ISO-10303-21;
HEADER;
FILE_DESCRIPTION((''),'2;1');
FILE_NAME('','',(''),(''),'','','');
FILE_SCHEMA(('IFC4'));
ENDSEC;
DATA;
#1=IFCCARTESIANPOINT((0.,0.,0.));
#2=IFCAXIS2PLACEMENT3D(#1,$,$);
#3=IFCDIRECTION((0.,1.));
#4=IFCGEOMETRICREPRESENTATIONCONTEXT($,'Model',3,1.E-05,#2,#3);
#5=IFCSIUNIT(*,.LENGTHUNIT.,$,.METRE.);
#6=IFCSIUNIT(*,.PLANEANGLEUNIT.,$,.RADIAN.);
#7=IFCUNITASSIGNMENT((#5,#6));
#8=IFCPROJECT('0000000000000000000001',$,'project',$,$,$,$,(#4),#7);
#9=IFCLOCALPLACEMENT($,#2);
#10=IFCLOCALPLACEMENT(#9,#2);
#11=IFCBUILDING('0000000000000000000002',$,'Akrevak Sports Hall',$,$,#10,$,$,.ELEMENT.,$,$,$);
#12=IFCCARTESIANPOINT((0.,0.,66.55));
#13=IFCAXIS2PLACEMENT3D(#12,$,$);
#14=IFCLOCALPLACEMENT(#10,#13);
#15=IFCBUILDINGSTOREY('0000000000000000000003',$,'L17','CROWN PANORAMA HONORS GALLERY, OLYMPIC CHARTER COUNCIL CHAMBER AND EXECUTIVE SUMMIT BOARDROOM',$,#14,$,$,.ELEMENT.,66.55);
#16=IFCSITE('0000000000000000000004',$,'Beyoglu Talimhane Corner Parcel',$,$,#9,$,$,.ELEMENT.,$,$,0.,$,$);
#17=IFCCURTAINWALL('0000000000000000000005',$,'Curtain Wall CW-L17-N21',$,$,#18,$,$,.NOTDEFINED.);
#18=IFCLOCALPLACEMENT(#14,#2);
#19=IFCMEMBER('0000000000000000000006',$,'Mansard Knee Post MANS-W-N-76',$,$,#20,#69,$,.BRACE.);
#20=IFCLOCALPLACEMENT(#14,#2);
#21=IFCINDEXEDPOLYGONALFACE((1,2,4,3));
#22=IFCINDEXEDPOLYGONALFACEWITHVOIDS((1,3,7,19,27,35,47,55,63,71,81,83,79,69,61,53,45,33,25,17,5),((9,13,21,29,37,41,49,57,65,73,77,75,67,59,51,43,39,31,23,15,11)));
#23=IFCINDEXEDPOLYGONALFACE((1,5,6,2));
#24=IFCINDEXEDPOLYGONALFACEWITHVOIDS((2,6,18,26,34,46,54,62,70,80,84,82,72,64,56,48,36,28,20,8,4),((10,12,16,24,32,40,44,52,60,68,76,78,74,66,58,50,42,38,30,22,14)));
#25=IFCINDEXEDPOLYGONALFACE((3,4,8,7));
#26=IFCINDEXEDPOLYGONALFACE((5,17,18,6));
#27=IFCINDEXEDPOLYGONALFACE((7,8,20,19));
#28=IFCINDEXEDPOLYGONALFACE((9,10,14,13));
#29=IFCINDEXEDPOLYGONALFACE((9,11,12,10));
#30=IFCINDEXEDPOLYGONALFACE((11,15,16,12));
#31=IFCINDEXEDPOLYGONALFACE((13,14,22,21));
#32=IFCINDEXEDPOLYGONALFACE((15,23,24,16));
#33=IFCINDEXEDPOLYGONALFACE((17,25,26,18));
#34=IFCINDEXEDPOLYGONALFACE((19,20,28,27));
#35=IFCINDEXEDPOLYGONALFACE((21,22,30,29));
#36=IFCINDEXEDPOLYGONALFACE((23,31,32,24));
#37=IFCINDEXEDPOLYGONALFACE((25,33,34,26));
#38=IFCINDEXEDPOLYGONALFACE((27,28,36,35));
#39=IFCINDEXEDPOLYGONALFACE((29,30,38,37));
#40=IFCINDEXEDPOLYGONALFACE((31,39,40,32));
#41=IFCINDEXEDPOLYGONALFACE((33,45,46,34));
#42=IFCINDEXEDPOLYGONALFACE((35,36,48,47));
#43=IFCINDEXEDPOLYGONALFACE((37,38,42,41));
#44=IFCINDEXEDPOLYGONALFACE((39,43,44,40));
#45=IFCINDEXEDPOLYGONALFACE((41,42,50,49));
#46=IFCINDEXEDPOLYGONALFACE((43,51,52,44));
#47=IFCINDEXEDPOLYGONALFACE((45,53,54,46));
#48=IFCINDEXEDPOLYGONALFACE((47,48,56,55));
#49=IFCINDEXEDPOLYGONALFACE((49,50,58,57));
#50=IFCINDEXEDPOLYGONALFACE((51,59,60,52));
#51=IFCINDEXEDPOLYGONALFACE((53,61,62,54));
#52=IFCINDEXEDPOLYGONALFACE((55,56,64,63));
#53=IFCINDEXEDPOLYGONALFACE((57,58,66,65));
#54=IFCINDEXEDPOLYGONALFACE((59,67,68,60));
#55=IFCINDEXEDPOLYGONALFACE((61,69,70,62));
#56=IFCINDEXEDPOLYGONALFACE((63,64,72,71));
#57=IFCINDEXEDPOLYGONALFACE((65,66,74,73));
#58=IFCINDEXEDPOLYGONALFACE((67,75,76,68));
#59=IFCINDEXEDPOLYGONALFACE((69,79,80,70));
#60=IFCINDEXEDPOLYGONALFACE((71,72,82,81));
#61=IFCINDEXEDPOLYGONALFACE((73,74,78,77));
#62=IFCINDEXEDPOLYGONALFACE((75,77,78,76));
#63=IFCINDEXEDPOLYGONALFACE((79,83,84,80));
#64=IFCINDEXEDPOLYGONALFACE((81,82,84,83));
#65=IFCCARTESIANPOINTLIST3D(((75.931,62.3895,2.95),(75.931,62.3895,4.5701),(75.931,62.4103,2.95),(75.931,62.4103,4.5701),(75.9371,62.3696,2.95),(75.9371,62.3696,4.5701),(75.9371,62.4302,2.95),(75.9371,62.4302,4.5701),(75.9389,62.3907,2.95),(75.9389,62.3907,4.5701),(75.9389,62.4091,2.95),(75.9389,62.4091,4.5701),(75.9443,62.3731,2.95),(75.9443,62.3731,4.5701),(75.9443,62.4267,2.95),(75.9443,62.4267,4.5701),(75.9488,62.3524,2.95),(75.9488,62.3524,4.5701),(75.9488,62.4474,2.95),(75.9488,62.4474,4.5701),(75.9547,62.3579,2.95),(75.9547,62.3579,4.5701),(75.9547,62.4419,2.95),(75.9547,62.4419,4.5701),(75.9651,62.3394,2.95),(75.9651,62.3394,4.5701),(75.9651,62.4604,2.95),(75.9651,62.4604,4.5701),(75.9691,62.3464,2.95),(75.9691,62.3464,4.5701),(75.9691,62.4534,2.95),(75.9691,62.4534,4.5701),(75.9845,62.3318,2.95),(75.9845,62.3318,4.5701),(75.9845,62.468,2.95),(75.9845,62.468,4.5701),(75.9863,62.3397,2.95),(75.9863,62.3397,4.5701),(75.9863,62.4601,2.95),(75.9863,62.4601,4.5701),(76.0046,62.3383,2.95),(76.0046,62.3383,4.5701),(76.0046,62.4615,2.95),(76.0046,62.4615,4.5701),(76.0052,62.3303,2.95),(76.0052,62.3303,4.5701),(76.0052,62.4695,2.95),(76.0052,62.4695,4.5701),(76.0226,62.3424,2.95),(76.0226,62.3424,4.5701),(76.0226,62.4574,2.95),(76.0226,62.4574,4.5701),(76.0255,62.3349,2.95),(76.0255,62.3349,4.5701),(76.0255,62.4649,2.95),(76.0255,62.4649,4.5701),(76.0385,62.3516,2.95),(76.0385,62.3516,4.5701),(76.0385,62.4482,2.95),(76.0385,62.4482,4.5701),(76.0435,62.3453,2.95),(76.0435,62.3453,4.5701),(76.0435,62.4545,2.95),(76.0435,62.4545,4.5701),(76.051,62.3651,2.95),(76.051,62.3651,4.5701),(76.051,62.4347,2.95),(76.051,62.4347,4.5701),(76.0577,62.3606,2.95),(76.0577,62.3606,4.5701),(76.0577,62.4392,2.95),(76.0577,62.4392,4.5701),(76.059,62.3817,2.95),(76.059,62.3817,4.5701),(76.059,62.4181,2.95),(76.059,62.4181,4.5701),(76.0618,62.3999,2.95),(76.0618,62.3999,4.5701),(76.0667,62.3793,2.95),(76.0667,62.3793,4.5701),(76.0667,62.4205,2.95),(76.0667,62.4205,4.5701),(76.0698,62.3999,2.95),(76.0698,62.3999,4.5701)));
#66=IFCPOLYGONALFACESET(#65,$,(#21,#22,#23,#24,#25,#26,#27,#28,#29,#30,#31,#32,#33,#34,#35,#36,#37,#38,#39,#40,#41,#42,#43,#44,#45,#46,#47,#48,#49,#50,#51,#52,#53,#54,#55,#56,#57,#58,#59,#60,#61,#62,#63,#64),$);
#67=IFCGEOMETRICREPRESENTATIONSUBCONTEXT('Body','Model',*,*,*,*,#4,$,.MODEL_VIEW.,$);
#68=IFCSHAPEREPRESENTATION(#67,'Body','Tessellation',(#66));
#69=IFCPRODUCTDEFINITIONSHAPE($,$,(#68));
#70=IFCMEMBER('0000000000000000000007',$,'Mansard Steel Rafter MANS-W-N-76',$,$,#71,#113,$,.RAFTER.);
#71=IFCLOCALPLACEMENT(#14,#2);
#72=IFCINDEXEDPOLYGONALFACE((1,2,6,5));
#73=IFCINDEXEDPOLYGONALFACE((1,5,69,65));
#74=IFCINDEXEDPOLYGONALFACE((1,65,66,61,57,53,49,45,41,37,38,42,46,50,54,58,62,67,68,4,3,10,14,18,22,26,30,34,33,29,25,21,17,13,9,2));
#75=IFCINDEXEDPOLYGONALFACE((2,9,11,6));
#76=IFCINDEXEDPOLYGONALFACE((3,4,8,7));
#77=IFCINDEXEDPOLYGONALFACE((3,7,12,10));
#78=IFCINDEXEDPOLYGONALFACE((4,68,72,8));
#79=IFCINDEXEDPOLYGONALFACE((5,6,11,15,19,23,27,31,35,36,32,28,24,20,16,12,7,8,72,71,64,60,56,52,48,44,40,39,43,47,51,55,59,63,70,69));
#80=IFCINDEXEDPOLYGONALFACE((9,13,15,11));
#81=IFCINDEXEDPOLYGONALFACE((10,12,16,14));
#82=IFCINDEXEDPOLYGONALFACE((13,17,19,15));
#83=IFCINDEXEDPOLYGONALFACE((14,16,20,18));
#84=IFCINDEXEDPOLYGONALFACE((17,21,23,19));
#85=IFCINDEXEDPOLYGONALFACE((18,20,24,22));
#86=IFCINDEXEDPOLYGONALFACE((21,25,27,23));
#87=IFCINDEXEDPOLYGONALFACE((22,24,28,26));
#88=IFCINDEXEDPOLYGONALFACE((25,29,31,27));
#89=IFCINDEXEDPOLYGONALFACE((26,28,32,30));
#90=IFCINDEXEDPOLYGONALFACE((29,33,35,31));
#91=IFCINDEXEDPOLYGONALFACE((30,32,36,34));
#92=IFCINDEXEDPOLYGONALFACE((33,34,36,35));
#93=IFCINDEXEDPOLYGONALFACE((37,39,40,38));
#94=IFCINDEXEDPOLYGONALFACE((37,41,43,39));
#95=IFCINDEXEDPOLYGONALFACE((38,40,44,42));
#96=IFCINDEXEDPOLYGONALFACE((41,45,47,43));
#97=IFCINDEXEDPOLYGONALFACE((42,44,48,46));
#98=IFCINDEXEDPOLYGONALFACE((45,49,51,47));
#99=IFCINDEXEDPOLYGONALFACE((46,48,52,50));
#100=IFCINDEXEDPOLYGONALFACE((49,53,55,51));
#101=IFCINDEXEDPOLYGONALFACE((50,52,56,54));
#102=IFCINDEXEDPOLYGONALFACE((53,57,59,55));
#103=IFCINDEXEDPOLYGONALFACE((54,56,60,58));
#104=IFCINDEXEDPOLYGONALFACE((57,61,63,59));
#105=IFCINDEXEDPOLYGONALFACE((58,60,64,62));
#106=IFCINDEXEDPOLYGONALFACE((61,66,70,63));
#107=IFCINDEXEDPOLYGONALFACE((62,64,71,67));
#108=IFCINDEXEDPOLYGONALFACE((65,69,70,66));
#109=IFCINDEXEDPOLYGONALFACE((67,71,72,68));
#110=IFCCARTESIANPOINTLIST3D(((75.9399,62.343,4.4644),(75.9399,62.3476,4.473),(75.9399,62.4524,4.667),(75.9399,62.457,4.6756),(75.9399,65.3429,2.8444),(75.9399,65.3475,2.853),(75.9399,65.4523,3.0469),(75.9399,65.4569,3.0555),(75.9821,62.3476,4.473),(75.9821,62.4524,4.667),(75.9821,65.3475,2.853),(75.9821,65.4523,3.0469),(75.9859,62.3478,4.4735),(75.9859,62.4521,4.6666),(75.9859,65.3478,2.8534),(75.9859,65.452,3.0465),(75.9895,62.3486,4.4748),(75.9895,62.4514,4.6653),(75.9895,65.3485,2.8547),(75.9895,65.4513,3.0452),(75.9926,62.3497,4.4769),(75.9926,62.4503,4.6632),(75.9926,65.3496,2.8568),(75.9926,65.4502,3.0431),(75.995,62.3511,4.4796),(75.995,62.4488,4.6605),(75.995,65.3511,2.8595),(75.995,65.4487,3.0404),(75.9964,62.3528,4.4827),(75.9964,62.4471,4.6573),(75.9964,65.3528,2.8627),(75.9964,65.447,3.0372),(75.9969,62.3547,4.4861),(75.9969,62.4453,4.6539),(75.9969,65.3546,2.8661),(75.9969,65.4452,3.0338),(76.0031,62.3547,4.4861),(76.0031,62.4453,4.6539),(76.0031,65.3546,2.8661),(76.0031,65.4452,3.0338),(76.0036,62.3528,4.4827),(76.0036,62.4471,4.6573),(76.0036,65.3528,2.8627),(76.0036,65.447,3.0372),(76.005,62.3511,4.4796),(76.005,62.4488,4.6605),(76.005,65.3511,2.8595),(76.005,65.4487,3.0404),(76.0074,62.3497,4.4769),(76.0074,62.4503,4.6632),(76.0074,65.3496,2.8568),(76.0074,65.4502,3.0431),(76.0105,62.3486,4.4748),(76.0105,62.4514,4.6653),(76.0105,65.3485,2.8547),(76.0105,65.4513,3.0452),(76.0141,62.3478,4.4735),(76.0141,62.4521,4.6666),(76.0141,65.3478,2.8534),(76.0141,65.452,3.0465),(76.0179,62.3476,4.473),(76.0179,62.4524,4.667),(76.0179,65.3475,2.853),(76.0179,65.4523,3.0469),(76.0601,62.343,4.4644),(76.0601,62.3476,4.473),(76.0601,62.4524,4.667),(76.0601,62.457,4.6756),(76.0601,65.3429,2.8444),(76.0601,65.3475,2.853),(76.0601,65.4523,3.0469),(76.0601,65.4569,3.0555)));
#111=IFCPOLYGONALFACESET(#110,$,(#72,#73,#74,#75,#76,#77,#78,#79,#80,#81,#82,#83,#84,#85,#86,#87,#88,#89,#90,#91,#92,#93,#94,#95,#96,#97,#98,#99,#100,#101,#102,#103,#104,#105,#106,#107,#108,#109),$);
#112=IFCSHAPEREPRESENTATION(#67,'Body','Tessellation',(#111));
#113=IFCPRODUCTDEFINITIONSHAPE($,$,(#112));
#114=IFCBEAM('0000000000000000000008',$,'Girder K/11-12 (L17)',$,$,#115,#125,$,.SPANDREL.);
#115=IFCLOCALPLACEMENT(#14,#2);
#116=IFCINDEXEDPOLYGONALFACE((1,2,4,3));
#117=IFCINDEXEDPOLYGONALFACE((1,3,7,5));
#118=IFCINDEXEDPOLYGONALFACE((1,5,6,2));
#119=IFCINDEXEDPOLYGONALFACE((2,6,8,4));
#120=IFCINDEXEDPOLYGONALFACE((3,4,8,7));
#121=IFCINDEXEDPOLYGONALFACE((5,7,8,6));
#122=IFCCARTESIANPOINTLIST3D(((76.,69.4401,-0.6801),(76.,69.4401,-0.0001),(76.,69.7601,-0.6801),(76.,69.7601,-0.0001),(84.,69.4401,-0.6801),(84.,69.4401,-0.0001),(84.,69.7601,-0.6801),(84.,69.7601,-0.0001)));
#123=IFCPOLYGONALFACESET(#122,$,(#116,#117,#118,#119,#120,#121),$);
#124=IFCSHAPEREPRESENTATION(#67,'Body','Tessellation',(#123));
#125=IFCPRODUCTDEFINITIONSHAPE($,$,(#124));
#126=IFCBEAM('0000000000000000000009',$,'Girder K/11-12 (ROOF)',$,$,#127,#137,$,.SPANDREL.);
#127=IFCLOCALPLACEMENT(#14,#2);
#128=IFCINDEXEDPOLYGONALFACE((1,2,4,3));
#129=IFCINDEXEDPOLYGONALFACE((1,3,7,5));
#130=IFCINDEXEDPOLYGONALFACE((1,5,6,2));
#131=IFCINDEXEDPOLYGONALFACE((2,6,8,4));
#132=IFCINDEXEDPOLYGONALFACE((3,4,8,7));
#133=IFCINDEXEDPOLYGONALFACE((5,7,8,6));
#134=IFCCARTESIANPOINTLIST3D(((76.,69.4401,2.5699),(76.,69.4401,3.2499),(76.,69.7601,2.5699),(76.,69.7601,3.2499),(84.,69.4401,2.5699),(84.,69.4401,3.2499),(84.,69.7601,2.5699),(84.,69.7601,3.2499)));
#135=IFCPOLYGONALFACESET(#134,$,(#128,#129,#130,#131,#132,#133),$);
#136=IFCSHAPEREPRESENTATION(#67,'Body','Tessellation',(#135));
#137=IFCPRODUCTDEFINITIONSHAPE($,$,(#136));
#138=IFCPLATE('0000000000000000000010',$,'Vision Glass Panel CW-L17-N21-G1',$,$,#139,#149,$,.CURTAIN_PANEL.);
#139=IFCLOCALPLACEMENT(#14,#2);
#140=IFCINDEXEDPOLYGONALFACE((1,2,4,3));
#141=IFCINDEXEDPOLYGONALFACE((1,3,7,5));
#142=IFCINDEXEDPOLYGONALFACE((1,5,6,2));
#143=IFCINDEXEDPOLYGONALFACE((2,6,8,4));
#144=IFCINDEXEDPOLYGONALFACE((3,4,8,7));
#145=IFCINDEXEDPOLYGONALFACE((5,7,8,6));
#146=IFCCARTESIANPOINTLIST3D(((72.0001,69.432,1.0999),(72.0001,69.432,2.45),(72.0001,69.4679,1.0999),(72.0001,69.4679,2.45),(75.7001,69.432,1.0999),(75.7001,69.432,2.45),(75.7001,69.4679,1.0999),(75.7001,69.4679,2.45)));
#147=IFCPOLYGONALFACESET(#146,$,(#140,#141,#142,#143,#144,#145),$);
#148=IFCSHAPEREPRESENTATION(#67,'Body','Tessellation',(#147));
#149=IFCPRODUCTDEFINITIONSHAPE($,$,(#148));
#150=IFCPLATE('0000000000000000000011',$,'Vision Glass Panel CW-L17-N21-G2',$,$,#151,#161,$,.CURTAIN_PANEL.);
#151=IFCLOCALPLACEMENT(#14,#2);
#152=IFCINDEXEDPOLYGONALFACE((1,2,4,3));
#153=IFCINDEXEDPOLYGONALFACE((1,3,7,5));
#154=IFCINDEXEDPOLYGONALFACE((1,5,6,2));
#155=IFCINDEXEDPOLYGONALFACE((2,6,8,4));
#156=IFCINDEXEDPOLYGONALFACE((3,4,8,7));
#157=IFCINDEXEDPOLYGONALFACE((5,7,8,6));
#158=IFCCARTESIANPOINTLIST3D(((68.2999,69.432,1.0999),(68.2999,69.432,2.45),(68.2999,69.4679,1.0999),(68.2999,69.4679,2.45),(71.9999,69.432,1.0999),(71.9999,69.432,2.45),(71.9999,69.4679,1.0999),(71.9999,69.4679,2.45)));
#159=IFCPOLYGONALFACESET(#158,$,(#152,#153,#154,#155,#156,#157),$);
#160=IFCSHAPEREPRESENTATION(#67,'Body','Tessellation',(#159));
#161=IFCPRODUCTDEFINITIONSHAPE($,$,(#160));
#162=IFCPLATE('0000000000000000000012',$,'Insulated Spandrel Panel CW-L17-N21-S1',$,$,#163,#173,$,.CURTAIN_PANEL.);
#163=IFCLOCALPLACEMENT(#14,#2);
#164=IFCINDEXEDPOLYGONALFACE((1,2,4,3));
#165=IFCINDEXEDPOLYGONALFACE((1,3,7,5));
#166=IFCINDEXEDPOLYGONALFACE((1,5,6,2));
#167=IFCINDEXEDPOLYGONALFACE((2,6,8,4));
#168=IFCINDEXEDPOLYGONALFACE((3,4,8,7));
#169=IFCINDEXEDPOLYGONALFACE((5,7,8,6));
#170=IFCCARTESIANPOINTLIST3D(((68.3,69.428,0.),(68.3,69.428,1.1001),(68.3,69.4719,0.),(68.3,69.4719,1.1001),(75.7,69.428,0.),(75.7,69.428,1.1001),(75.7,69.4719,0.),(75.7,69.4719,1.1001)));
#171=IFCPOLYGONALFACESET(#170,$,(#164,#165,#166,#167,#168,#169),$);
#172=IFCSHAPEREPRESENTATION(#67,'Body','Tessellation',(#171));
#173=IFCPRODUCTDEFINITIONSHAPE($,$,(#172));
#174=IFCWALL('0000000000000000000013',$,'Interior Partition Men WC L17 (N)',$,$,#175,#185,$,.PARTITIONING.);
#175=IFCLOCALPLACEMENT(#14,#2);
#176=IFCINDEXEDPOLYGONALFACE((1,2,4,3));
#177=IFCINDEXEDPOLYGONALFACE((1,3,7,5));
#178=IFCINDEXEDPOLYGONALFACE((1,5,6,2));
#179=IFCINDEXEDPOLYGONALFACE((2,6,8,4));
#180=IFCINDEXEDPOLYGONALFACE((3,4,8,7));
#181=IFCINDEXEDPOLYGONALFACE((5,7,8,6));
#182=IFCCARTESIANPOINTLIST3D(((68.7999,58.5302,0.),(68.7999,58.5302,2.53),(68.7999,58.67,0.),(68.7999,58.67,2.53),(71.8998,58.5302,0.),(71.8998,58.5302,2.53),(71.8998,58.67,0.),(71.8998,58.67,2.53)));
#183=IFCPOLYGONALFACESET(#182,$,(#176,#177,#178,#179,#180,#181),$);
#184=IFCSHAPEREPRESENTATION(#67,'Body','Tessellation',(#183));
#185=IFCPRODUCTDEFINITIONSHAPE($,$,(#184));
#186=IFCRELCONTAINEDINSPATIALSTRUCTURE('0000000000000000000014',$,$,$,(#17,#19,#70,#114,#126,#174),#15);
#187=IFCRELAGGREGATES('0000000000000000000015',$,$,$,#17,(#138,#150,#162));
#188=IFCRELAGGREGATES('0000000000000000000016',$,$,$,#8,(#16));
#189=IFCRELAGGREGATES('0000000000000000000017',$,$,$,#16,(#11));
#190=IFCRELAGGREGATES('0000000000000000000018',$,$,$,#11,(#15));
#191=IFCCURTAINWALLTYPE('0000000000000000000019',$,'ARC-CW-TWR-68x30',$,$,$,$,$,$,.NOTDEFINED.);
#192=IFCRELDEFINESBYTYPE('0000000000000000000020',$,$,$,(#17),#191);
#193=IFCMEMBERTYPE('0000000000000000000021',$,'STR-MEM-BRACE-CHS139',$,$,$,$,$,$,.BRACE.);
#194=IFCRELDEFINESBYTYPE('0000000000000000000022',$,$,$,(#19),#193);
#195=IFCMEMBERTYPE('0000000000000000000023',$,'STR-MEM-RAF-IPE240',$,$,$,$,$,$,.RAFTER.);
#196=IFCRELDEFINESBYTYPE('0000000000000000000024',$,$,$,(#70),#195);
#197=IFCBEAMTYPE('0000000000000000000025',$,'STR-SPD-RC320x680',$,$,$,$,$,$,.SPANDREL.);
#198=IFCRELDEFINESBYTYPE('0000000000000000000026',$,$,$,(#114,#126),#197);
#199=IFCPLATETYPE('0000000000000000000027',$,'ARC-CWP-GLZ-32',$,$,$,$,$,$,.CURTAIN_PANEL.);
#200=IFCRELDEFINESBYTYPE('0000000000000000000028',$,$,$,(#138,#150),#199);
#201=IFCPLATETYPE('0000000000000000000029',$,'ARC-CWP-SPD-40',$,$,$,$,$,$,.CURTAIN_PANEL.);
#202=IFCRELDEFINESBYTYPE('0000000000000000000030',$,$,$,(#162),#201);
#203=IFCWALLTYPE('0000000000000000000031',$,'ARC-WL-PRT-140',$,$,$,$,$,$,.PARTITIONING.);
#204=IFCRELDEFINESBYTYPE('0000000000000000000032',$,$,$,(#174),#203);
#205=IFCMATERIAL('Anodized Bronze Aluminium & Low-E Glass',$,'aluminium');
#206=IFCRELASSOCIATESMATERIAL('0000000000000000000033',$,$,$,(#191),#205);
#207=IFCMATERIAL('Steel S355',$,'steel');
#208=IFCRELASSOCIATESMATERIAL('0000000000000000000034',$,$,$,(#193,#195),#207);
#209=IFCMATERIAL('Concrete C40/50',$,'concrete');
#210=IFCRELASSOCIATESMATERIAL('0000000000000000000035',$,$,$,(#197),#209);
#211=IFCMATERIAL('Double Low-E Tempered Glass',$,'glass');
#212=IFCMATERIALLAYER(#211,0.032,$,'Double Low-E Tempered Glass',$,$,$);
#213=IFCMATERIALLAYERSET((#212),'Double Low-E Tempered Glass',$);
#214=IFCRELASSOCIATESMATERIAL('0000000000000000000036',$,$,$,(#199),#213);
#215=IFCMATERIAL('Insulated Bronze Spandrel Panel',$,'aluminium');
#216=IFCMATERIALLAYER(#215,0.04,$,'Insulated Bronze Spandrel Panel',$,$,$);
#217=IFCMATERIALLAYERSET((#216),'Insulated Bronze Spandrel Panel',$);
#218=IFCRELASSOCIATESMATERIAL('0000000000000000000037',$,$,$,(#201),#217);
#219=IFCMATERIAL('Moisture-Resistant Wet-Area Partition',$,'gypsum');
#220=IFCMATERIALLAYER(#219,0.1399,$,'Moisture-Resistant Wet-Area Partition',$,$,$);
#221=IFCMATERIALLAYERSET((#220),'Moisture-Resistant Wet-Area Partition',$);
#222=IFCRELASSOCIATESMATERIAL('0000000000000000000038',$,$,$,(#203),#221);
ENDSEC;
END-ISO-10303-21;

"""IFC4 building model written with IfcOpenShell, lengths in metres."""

from ifc_helpers import new_model, si_unit, direction, frame, frame_2d, origin, origin_2d, place, context, subcontext, project, spatial, rectangle, hollow_circle, i_section, extrude, material, layer, layer_set, material_profile, profile_set, type_object, element, aggregate, save


model = new_model("IFC4")

# Units and contexts
model_context = context("Model", 3, precision=1e-05, world=origin(), true_north=direction((0.0, 1.0)))
body_context = subcontext(model_context, "Body", "Model", "MODEL_VIEW")
ifc_project = project(units=[si_unit("LENGTHUNIT", "METRE"), si_unit("PLANEANGLEUNIT", "RADIAN")], contexts=[model_context])

# Site, building, storey
site_placement = place(None, origin())
site = spatial("IfcSite", under=ifc_project, at=site_placement, Name="Beyoglu Talimhane Corner Parcel", CompositionType="ELEMENT", RefElevation=0.0)
building_placement = place(site_placement, origin())
building = spatial("IfcBuilding", under=site, at=building_placement, Name="Akrevak Sports Hall", CompositionType="ELEMENT")
storey_placement = place(building_placement, frame((0.0, 0.0, 66.55)))
storey = spatial("IfcBuildingStorey", under=building, at=storey_placement, Name="L17", Description="CROWN PANORAMA HONORS GALLERY, OLYMPIC CHARTER COUNCIL CHAMBER AND EXECUTIVE SUMMIT BOARDROOM", CompositionType="ELEMENT", Elevation=66.55)

# Shared definitions
ifc_material_1 = material(Name="Concrete C40/50", Category="concrete")

# Curtain wall
ifc_material_2 = material(Name="Anodized Bronze Aluminium & Low-E Glass", Category="aluminium")
curtain_wall_type = type_object("IfcCurtainWallType", Name="ARC-CW-TWR-68x30", PredefinedType="NOTDEFINED", material=ifc_material_2)
curtain_wall_placement = place(storey_placement, origin())
curtain_wall = element("IfcCurtainWall", 1, at=curtain_wall_placement, inside=storey, type_object=curtain_wall_type, Name="Curtain Wall CW-L17-N21", PredefinedType="NOTDEFINED")

# Members
ifc_material_3 = material(Name="Steel S355", Category="steel")
ifc_material_profile_1 = material_profile(ifc_material_3, hollow_circle(Radius=0.0698, WallThickness=0.0081, at=origin_2d()), Name="CHS 139.7x8", Category="steel")
ifc_profile_set_1 = profile_set([ifc_material_profile_1], Name="Steel S355")
member_type_1 = type_object("IfcMemberType", Name="STR-MEM-BRACE-CHS139", PredefinedType="BRACE", material=ifc_profile_set_1)
member_1_placement = place(storey_placement, frame((76.0, 62.3999, 2.95), z_axis=(0.0, 0.0, 1.0), x_axis=(1.0, 0.0, 0.0)))
element("IfcMember", 2, at=member_1_placement, inside=storey, type_object=member_type_1, Name="Mansard Knee Post MANS-W-N-76", PredefinedType="BRACE", context=body_context, shape_type="SweptSolid", body=[
    extrude(hollow_circle(Radius=0.0698, WallThickness=0.0081, at=origin_2d()), origin(), (0.0, 0.0, 1.0), 1.6201),
])
ifc_material_profile_2 = material_profile(ifc_material_3, i_section(OverallWidth=0.1201, OverallDepth=0.24, WebThickness=0.0061, FlangeThickness=0.0098, FilletRadius=0.0149, at=origin_2d()), Name="IPE 240", Category="steel")
ifc_profile_set_2 = profile_set([ifc_material_profile_2], Name="Steel S355")
member_type_2 = type_object("IfcMemberType", Name="STR-MEM-RAF-IPE240", PredefinedType="RAFTER", material=ifc_profile_set_2)
member_2_placement = place(storey_placement, frame((76.0, 65.3999, 2.95), z_axis=(0.0, -0.879891, 0.475176), x_axis=(1.0, 0.0, 0.0)))
element("IfcMember", 3, at=member_2_placement, inside=storey, type_object=member_type_2, Name="Mansard Steel Rafter MANS-W-N-76", PredefinedType="RAFTER", context=body_context, shape_type="SweptSolid", body=[
    extrude(i_section(OverallWidth=0.1201, OverallDepth=0.24, WebThickness=0.0061, FlangeThickness=0.0098, FilletRadius=0.0149, at=origin_2d()), origin(), (0.0, 0.0, 1.0), 3.4094),
])

# Beams
ifc_material_profile_3 = material_profile(ifc_material_1, rectangle(XDim=0.3201, YDim=0.6799, at=origin_2d()), Name="SPD 320x680", Category="concrete")
ifc_profile_set_3 = profile_set([ifc_material_profile_3], Name="Concrete C40/50")
beam_type_1 = type_object("IfcBeamType", Name="STR-SPD-RC320x680", PredefinedType="SPANDREL", material=ifc_profile_set_3)
for number, where, z_axis, x_axis, name in (
    (4, (76.0, 69.6001, -0.3401), (1.0, 0.0, 0.0), (0.0, 1.0, 0.0), "Girder K/11-12 (L17)"),
    (5, (76.0, 69.6001, 2.9099), (1.0, 0.0, 0.0), (0.0, 1.0, 0.0), "Girder K/11-12 (ROOF)"),
):
    element("IfcBeam", number, at=place(storey_placement, frame(where, z_axis=z_axis, x_axis=x_axis)), inside=storey, type_object=beam_type_1, Name=name, PredefinedType="SPANDREL", context=body_context, shape_type="SweptSolid", body=[
        extrude(rectangle(XDim=0.3201, YDim=0.6799, at=origin_2d()), origin(), (0.0, 0.0, 1.0), 8.0),
    ])

# Plates
ifc_material_4 = material(Name="Double Low-E Tempered Glass", Category="glass")
ifc_layer_1 = layer(ifc_material_4, 0.032, Name="Double Low-E Tempered Glass")
ifc_layer_set_1 = layer_set([ifc_layer_1], Name="Double Low-E Tempered Glass")
plate_type_1 = type_object("IfcPlateType", Name="ARC-CWP-GLZ-32", PredefinedType="CURTAIN_PANEL", material=ifc_layer_set_1)
plate_1_placement = place(storey_placement, frame((73.8501, 69.45, 1.0999), z_axis=(0.0, 0.0, 1.0), x_axis=(-1.0, 0.0, 0.0)))
plate_1 = element("IfcPlate", 6, at=plate_1_placement, type_object=plate_type_1, Name="Vision Glass Panel CW-L17-N21-G1", PredefinedType="CURTAIN_PANEL", context=body_context, shape_type="SweptSolid", body=[
    extrude(rectangle(XDim=3.7, YDim=0.0359, at=origin_2d()), origin(), (0.0, 0.0, 1.0), 1.3501),
])
plate_2_placement = place(storey_placement, frame((70.1499, 69.45, 1.0999), z_axis=(0.0, 0.0, 1.0), x_axis=(-1.0, 0.0, 0.0)))
plate_2 = element("IfcPlate", 7, at=plate_2_placement, type_object=plate_type_1, Name="Vision Glass Panel CW-L17-N21-G2", PredefinedType="CURTAIN_PANEL", context=body_context, shape_type="SweptSolid", body=[
    extrude(rectangle(XDim=3.7, YDim=0.0359, at=origin_2d()), origin(), (0.0, 0.0, 1.0), 1.3501),
])
ifc_material_5 = material(Name="Insulated Bronze Spandrel Panel", Category="aluminium")
ifc_layer_2 = layer(ifc_material_5, 0.04, Name="Insulated Bronze Spandrel Panel")
ifc_layer_set_2 = layer_set([ifc_layer_2], Name="Insulated Bronze Spandrel Panel")
plate_type_2 = type_object("IfcPlateType", Name="ARC-CWP-SPD-40", PredefinedType="CURTAIN_PANEL", material=ifc_layer_set_2)
plate_3_placement = place(storey_placement, frame((72.0, 69.45, 0.0), z_axis=(0.0, 0.0, 1.0), x_axis=(-1.0, 0.0, 0.0)))
plate_3 = element("IfcPlate", 8, at=plate_3_placement, type_object=plate_type_2, Name="Insulated Spandrel Panel CW-L17-N21-S1", PredefinedType="CURTAIN_PANEL", context=body_context, shape_type="SweptSolid", body=[
    extrude(rectangle(XDim=7.3999, YDim=0.0439, at=origin_2d()), origin(), (0.0, 0.0, 1.0), 1.1001),
])
aggregate(curtain_wall, [plate_1, plate_2, plate_3])

# Wall
ifc_material_6 = material(Name="Moisture-Resistant Wet-Area Partition", Category="gypsum")
ifc_layer_3 = layer(ifc_material_6, 0.1399, Name="Moisture-Resistant Wet-Area Partition")
ifc_layer_set_3 = layer_set([ifc_layer_3], Name="Moisture-Resistant Wet-Area Partition")
wall_type_1 = type_object("IfcWallType", Name="ARC-WL-PRT-140", PredefinedType="PARTITIONING", material=ifc_layer_set_3)
for number, where, z_axis, x_axis, name in (
    (9, (68.8, 58.6001, 0.0), (0.0, 0.0, 1.0), (1.0, 0.0, 0.0), "Interior Partition Men WC L17 (N)"),
):
    element("IfcWall", number, at=place(storey_placement, frame(where, z_axis=z_axis, x_axis=x_axis)), inside=storey, type_object=wall_type_1, Name=name, PredefinedType="PARTITIONING", context=body_context, shape_type="SweptSolid", body=[
        extrude(rectangle(XDim=3.0999, YDim=0.1399, at=frame_2d((1.5498, 0.0))), origin(), (0.0, 0.0, 1.0), 2.53),
    ])

save(model, "model.ifc")
